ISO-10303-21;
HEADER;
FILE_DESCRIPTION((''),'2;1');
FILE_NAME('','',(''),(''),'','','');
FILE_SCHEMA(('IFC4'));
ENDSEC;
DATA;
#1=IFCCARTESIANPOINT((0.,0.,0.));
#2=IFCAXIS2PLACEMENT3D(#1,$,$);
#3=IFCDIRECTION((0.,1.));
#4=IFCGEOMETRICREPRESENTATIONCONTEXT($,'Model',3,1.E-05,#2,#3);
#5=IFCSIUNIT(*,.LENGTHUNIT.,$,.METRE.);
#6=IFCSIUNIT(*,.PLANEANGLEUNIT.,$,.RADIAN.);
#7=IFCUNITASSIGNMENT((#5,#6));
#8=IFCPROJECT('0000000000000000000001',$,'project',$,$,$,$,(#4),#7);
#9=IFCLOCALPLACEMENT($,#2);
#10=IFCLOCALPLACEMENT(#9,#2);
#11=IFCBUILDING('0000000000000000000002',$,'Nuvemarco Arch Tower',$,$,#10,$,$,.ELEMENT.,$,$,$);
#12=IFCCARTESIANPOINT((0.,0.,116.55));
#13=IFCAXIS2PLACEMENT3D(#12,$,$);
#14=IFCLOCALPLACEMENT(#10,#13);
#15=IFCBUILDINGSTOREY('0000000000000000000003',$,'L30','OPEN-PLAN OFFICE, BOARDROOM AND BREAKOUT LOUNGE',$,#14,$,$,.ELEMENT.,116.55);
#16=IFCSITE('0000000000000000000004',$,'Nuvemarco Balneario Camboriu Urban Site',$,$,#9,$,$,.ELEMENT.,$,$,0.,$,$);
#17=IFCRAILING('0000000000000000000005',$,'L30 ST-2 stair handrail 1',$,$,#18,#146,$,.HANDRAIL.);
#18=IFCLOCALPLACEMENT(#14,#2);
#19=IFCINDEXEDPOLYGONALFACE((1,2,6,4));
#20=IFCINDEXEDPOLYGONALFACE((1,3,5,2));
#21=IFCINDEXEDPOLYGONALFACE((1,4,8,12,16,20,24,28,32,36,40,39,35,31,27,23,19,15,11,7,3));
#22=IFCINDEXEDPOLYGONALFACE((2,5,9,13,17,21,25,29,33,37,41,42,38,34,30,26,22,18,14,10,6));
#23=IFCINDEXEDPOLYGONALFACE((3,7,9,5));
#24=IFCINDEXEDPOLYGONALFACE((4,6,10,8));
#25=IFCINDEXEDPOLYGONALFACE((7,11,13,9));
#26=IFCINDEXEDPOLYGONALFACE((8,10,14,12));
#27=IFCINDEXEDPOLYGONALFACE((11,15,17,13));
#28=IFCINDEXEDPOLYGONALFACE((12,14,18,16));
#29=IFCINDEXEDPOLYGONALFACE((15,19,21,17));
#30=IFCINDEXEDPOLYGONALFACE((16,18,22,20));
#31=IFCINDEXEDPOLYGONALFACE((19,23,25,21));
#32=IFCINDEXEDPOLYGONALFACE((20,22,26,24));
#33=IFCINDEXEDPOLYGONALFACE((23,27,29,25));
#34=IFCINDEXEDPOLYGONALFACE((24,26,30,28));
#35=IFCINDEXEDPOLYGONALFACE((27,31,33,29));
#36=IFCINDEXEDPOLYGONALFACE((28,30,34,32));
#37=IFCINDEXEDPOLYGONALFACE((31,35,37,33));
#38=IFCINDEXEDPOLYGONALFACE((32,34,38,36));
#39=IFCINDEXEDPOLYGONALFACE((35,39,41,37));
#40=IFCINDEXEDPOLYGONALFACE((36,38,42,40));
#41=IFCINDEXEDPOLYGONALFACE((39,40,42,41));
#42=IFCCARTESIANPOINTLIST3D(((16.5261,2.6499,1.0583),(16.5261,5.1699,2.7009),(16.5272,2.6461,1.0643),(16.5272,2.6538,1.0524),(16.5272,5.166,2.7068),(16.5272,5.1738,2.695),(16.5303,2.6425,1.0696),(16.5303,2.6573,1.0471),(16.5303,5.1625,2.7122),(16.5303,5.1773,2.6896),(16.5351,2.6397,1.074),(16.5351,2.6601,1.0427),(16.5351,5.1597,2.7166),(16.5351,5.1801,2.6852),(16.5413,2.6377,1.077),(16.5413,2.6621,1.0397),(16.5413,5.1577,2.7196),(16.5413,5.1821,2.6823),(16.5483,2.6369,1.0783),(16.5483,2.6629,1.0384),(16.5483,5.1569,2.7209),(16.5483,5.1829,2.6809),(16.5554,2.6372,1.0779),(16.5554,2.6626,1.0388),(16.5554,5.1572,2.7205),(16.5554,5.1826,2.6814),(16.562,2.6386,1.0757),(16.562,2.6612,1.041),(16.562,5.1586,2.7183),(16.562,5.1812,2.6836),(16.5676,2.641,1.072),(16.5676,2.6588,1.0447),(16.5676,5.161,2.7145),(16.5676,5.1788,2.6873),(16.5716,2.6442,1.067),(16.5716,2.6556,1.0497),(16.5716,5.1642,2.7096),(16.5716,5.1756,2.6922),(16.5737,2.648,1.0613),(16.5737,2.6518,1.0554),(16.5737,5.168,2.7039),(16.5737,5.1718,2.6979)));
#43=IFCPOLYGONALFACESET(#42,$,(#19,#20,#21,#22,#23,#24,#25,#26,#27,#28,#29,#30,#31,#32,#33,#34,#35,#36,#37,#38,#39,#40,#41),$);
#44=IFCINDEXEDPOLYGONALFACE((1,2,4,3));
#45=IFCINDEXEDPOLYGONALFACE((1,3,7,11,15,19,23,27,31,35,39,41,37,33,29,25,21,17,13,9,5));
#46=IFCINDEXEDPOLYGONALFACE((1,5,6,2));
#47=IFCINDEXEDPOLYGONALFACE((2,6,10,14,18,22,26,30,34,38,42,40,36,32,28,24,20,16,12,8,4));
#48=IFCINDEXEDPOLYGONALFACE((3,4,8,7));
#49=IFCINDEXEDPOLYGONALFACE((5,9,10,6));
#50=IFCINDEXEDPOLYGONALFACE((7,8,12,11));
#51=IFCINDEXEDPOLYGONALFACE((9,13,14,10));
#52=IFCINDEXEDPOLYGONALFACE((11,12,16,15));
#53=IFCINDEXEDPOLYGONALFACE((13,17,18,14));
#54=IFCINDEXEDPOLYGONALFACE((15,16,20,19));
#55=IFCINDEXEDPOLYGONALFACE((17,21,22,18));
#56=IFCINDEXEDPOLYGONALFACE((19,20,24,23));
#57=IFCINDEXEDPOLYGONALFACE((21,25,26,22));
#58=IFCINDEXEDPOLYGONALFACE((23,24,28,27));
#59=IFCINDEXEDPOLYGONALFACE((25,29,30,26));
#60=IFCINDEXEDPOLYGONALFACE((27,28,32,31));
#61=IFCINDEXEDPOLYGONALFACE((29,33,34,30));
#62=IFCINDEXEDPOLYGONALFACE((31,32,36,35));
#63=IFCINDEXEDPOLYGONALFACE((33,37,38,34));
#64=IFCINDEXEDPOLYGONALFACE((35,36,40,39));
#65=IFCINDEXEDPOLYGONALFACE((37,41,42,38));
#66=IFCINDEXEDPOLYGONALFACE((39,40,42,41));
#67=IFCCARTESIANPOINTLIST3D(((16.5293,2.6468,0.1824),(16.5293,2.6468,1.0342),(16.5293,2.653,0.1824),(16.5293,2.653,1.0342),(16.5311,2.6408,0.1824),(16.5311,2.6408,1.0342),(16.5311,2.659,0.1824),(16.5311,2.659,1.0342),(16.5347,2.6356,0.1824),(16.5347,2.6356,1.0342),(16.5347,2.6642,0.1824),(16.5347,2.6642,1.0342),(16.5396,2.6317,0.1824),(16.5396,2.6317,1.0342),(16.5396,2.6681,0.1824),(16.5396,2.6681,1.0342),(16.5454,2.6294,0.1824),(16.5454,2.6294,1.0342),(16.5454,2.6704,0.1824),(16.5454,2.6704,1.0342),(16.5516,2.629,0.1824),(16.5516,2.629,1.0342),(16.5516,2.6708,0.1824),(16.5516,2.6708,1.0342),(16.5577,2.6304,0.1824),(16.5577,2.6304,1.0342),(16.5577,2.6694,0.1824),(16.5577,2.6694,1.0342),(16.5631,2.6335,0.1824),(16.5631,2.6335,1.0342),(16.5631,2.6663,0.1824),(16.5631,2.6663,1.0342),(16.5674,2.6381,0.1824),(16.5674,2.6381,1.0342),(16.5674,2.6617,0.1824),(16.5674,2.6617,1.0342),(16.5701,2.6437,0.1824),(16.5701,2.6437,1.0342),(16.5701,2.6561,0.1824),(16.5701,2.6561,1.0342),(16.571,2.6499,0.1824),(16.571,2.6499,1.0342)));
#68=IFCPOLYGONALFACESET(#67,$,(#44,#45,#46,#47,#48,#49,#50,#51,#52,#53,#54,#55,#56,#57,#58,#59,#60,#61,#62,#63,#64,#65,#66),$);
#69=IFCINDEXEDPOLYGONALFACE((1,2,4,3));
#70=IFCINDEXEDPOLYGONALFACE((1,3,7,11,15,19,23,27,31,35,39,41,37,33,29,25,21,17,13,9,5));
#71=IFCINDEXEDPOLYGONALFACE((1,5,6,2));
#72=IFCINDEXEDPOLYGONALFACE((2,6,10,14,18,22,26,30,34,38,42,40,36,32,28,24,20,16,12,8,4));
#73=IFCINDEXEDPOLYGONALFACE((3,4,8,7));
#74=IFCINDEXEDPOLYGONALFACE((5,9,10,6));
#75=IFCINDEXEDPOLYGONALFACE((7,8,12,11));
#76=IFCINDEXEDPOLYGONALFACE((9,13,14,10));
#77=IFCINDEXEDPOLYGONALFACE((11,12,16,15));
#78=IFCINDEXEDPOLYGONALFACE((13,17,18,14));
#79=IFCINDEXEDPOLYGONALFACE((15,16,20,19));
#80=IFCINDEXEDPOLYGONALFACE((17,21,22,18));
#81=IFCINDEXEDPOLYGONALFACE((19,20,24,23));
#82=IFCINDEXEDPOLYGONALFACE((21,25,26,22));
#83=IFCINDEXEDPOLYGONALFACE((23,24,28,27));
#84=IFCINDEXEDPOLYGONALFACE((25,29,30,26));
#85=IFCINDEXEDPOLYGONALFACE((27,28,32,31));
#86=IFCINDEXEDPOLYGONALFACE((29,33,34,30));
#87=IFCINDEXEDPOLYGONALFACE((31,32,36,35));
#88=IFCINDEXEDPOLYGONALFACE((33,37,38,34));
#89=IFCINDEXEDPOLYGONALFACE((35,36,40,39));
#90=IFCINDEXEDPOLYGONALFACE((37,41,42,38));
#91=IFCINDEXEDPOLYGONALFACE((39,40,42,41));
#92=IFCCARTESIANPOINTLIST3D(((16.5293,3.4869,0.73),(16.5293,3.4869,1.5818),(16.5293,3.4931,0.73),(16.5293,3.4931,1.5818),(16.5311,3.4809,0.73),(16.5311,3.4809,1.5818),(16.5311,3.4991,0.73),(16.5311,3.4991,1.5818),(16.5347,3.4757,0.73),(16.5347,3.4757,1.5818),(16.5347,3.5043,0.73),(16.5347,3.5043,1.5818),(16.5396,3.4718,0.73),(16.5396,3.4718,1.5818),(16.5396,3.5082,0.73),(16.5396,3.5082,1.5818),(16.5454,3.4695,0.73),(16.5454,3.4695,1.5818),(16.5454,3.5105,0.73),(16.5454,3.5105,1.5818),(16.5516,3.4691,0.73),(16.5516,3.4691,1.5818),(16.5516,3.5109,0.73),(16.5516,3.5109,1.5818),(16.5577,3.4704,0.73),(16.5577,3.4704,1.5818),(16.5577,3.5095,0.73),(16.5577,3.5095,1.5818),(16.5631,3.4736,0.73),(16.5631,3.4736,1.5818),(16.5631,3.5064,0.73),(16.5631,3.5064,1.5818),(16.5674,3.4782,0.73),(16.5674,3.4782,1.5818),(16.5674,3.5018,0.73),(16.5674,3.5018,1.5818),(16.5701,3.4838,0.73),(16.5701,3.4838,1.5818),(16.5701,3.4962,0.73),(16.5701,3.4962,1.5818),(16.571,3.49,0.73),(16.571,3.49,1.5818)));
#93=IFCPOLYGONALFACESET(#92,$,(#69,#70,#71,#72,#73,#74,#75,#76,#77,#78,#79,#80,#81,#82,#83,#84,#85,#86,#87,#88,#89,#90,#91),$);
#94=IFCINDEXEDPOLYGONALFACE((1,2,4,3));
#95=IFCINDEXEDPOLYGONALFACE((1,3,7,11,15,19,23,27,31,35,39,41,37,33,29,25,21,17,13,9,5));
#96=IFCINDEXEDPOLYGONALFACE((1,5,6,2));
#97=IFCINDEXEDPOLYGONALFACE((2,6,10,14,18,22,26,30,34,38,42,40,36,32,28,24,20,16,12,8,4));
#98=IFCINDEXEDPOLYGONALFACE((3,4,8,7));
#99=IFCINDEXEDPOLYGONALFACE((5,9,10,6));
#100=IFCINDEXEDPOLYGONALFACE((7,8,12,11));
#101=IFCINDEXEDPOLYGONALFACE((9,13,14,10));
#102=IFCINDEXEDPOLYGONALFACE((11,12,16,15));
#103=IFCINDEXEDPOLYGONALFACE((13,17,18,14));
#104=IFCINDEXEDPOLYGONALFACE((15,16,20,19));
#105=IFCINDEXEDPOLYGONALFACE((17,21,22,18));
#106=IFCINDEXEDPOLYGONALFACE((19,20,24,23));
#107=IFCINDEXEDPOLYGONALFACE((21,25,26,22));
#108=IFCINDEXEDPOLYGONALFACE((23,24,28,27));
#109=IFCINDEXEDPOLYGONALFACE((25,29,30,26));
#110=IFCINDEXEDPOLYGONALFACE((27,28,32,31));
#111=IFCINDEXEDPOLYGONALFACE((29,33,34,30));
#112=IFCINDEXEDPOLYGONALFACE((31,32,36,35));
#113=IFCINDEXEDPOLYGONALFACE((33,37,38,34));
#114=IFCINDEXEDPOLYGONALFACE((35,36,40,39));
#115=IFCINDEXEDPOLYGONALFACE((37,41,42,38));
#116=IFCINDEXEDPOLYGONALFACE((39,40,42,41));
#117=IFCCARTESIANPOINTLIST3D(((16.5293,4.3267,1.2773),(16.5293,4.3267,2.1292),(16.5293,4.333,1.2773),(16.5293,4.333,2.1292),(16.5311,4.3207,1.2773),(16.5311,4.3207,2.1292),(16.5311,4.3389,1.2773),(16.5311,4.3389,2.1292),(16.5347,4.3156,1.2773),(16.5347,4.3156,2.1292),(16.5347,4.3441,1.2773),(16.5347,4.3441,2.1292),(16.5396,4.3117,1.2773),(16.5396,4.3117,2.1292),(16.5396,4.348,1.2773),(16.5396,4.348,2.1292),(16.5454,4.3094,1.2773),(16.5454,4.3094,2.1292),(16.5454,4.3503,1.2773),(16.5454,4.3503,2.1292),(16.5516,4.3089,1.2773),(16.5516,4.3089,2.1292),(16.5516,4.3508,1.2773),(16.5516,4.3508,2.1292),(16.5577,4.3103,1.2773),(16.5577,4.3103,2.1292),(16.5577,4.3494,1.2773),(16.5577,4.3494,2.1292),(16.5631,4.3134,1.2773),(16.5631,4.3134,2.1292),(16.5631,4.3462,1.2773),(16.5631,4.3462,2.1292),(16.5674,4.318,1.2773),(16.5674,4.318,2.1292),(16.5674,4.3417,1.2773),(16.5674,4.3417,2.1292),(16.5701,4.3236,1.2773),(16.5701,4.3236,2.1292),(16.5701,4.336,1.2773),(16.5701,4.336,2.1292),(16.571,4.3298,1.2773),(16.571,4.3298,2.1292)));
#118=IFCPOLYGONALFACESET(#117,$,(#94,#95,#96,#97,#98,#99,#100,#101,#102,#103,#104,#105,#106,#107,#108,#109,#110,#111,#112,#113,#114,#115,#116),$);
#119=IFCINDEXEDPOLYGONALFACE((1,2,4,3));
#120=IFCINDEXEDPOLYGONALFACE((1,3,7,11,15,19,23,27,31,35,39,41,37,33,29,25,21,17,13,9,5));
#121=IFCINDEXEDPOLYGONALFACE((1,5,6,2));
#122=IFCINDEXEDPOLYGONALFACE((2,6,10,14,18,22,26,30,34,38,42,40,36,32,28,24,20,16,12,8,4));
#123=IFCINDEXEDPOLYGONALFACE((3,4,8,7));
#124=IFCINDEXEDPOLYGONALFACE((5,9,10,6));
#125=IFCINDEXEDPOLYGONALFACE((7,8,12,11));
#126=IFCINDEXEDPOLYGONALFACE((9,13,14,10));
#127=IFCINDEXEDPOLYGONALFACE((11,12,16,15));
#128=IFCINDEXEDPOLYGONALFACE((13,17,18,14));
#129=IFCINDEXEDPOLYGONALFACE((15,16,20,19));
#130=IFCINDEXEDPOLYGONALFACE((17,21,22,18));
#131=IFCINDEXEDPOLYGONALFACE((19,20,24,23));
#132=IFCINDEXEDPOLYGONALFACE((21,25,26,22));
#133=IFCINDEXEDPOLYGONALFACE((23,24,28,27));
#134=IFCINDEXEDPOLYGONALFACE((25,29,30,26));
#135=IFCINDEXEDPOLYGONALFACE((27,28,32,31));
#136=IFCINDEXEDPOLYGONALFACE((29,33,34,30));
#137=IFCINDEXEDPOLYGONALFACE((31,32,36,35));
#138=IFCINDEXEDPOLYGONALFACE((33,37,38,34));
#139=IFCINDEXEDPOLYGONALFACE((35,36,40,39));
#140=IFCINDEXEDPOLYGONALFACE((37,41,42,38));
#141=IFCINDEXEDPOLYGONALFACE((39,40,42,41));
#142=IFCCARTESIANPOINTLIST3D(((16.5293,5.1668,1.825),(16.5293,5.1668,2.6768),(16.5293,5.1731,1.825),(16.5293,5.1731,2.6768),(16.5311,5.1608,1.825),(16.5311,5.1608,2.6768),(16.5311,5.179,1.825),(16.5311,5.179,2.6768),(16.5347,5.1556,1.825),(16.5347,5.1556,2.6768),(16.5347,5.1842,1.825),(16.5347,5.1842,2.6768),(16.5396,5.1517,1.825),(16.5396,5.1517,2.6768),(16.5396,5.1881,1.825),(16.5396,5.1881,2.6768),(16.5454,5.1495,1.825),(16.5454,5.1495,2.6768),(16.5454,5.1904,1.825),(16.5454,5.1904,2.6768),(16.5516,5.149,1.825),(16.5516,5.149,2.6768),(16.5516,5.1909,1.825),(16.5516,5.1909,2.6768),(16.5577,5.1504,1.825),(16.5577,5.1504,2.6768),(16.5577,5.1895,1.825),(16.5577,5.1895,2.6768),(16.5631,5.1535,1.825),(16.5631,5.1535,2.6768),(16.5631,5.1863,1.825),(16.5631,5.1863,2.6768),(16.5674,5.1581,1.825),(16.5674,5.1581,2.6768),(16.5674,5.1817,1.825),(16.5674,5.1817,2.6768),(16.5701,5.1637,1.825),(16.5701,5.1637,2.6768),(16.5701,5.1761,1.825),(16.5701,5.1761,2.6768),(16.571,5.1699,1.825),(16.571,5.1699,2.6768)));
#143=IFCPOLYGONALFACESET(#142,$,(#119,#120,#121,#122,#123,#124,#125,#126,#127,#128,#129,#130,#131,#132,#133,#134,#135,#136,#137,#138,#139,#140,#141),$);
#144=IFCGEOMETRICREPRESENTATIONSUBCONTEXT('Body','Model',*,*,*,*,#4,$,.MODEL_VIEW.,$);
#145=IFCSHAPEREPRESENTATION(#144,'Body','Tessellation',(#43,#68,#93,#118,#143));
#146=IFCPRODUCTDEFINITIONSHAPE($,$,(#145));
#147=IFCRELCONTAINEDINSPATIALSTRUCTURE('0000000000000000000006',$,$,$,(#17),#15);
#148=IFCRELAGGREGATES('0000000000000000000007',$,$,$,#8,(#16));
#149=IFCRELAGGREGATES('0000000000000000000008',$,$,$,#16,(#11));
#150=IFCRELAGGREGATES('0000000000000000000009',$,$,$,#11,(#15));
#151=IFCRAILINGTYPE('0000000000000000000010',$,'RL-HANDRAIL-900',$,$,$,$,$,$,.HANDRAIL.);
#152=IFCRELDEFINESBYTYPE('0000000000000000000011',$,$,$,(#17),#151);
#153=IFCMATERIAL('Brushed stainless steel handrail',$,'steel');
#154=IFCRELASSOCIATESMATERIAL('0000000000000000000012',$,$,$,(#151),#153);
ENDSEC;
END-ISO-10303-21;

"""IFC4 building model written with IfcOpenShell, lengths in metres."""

from ifc_helpers import new_model, si_unit, direction, frame, origin, origin_2d, place, context, subcontext, project, spatial, circle, extrude, material, type_object, element, save


model = new_model("IFC4")

# Units and contexts
model_context = context("Model", 3, precision=1e-05, world=origin(), true_north=direction((0.0, 1.0)))
body_context = subcontext(model_context, "Body", "Model", "MODEL_VIEW")
ifc_project = project(units=[si_unit("LENGTHUNIT", "METRE"), si_unit("PLANEANGLEUNIT", "RADIAN")], contexts=[model_context])

# Site, building, storey
site_placement = place(None, origin())
site = spatial("IfcSite", under=ifc_project, at=site_placement, Name="Nuvemarco Balneario Camboriu Urban Site", CompositionType="ELEMENT", RefElevation=0.0)
building_placement = place(site_placement, origin())
building = spatial("IfcBuilding", under=site, at=building_placement, Name="Nuvemarco Arch Tower", CompositionType="ELEMENT")
storey_placement = place(building_placement, frame((0.0, 0.0, 116.55)))
storey = spatial("IfcBuildingStorey", under=building, at=storey_placement, Name="L30", Description="OPEN-PLAN OFFICE, BOARDROOM AND BREAKOUT LOUNGE", CompositionType="ELEMENT", Elevation=116.55)

# Railing
ifc_material_1 = material(Name="Brushed stainless steel handrail", Category="steel")
railing_type_1 = type_object("IfcRailingType", Name="RL-HANDRAIL-900", PredefinedType="HANDRAIL", material=ifc_material_1)
railing_1_placement = place(storey_placement, frame((16.55, 2.6499, 0.1824)))
element("IfcRailing", 1, at=railing_1_placement, inside=storey, type_object=railing_type_1, Name="L30 ST-2 stair handrail 1", PredefinedType="HANDRAIL", context=body_context, shape_type="SweptSolid", body=[
    extrude(circle(Radius=0.0239, at=origin_2d()), frame((0.0, 0.0, 0.876), z_axis=(0.0, 0.837749, 0.546055), x_axis=(-1.0, 0.0, 0.0)), (0.0, 0.0, 1.0), 3.0081),
    extrude(circle(Radius=0.021, at=origin_2d()), origin(), (0.0, 0.0, 1.0), 0.8518),
    extrude(circle(Radius=0.021, at=origin_2d()), frame((0.0, 0.8401, 0.5476)), (0.0, 0.0, 1.0), 0.8518),
    extrude(circle(Radius=0.021, at=origin_2d()), frame((0.0, 1.6799, 1.095)), (0.0, 0.0, 1.0), 0.8518),
    extrude(circle(Radius=0.021, at=origin_2d()), frame((0.0, 2.52, 1.6426)), (0.0, 0.0, 1.0), 0.8518),
])

save(model, "model.ifc")
